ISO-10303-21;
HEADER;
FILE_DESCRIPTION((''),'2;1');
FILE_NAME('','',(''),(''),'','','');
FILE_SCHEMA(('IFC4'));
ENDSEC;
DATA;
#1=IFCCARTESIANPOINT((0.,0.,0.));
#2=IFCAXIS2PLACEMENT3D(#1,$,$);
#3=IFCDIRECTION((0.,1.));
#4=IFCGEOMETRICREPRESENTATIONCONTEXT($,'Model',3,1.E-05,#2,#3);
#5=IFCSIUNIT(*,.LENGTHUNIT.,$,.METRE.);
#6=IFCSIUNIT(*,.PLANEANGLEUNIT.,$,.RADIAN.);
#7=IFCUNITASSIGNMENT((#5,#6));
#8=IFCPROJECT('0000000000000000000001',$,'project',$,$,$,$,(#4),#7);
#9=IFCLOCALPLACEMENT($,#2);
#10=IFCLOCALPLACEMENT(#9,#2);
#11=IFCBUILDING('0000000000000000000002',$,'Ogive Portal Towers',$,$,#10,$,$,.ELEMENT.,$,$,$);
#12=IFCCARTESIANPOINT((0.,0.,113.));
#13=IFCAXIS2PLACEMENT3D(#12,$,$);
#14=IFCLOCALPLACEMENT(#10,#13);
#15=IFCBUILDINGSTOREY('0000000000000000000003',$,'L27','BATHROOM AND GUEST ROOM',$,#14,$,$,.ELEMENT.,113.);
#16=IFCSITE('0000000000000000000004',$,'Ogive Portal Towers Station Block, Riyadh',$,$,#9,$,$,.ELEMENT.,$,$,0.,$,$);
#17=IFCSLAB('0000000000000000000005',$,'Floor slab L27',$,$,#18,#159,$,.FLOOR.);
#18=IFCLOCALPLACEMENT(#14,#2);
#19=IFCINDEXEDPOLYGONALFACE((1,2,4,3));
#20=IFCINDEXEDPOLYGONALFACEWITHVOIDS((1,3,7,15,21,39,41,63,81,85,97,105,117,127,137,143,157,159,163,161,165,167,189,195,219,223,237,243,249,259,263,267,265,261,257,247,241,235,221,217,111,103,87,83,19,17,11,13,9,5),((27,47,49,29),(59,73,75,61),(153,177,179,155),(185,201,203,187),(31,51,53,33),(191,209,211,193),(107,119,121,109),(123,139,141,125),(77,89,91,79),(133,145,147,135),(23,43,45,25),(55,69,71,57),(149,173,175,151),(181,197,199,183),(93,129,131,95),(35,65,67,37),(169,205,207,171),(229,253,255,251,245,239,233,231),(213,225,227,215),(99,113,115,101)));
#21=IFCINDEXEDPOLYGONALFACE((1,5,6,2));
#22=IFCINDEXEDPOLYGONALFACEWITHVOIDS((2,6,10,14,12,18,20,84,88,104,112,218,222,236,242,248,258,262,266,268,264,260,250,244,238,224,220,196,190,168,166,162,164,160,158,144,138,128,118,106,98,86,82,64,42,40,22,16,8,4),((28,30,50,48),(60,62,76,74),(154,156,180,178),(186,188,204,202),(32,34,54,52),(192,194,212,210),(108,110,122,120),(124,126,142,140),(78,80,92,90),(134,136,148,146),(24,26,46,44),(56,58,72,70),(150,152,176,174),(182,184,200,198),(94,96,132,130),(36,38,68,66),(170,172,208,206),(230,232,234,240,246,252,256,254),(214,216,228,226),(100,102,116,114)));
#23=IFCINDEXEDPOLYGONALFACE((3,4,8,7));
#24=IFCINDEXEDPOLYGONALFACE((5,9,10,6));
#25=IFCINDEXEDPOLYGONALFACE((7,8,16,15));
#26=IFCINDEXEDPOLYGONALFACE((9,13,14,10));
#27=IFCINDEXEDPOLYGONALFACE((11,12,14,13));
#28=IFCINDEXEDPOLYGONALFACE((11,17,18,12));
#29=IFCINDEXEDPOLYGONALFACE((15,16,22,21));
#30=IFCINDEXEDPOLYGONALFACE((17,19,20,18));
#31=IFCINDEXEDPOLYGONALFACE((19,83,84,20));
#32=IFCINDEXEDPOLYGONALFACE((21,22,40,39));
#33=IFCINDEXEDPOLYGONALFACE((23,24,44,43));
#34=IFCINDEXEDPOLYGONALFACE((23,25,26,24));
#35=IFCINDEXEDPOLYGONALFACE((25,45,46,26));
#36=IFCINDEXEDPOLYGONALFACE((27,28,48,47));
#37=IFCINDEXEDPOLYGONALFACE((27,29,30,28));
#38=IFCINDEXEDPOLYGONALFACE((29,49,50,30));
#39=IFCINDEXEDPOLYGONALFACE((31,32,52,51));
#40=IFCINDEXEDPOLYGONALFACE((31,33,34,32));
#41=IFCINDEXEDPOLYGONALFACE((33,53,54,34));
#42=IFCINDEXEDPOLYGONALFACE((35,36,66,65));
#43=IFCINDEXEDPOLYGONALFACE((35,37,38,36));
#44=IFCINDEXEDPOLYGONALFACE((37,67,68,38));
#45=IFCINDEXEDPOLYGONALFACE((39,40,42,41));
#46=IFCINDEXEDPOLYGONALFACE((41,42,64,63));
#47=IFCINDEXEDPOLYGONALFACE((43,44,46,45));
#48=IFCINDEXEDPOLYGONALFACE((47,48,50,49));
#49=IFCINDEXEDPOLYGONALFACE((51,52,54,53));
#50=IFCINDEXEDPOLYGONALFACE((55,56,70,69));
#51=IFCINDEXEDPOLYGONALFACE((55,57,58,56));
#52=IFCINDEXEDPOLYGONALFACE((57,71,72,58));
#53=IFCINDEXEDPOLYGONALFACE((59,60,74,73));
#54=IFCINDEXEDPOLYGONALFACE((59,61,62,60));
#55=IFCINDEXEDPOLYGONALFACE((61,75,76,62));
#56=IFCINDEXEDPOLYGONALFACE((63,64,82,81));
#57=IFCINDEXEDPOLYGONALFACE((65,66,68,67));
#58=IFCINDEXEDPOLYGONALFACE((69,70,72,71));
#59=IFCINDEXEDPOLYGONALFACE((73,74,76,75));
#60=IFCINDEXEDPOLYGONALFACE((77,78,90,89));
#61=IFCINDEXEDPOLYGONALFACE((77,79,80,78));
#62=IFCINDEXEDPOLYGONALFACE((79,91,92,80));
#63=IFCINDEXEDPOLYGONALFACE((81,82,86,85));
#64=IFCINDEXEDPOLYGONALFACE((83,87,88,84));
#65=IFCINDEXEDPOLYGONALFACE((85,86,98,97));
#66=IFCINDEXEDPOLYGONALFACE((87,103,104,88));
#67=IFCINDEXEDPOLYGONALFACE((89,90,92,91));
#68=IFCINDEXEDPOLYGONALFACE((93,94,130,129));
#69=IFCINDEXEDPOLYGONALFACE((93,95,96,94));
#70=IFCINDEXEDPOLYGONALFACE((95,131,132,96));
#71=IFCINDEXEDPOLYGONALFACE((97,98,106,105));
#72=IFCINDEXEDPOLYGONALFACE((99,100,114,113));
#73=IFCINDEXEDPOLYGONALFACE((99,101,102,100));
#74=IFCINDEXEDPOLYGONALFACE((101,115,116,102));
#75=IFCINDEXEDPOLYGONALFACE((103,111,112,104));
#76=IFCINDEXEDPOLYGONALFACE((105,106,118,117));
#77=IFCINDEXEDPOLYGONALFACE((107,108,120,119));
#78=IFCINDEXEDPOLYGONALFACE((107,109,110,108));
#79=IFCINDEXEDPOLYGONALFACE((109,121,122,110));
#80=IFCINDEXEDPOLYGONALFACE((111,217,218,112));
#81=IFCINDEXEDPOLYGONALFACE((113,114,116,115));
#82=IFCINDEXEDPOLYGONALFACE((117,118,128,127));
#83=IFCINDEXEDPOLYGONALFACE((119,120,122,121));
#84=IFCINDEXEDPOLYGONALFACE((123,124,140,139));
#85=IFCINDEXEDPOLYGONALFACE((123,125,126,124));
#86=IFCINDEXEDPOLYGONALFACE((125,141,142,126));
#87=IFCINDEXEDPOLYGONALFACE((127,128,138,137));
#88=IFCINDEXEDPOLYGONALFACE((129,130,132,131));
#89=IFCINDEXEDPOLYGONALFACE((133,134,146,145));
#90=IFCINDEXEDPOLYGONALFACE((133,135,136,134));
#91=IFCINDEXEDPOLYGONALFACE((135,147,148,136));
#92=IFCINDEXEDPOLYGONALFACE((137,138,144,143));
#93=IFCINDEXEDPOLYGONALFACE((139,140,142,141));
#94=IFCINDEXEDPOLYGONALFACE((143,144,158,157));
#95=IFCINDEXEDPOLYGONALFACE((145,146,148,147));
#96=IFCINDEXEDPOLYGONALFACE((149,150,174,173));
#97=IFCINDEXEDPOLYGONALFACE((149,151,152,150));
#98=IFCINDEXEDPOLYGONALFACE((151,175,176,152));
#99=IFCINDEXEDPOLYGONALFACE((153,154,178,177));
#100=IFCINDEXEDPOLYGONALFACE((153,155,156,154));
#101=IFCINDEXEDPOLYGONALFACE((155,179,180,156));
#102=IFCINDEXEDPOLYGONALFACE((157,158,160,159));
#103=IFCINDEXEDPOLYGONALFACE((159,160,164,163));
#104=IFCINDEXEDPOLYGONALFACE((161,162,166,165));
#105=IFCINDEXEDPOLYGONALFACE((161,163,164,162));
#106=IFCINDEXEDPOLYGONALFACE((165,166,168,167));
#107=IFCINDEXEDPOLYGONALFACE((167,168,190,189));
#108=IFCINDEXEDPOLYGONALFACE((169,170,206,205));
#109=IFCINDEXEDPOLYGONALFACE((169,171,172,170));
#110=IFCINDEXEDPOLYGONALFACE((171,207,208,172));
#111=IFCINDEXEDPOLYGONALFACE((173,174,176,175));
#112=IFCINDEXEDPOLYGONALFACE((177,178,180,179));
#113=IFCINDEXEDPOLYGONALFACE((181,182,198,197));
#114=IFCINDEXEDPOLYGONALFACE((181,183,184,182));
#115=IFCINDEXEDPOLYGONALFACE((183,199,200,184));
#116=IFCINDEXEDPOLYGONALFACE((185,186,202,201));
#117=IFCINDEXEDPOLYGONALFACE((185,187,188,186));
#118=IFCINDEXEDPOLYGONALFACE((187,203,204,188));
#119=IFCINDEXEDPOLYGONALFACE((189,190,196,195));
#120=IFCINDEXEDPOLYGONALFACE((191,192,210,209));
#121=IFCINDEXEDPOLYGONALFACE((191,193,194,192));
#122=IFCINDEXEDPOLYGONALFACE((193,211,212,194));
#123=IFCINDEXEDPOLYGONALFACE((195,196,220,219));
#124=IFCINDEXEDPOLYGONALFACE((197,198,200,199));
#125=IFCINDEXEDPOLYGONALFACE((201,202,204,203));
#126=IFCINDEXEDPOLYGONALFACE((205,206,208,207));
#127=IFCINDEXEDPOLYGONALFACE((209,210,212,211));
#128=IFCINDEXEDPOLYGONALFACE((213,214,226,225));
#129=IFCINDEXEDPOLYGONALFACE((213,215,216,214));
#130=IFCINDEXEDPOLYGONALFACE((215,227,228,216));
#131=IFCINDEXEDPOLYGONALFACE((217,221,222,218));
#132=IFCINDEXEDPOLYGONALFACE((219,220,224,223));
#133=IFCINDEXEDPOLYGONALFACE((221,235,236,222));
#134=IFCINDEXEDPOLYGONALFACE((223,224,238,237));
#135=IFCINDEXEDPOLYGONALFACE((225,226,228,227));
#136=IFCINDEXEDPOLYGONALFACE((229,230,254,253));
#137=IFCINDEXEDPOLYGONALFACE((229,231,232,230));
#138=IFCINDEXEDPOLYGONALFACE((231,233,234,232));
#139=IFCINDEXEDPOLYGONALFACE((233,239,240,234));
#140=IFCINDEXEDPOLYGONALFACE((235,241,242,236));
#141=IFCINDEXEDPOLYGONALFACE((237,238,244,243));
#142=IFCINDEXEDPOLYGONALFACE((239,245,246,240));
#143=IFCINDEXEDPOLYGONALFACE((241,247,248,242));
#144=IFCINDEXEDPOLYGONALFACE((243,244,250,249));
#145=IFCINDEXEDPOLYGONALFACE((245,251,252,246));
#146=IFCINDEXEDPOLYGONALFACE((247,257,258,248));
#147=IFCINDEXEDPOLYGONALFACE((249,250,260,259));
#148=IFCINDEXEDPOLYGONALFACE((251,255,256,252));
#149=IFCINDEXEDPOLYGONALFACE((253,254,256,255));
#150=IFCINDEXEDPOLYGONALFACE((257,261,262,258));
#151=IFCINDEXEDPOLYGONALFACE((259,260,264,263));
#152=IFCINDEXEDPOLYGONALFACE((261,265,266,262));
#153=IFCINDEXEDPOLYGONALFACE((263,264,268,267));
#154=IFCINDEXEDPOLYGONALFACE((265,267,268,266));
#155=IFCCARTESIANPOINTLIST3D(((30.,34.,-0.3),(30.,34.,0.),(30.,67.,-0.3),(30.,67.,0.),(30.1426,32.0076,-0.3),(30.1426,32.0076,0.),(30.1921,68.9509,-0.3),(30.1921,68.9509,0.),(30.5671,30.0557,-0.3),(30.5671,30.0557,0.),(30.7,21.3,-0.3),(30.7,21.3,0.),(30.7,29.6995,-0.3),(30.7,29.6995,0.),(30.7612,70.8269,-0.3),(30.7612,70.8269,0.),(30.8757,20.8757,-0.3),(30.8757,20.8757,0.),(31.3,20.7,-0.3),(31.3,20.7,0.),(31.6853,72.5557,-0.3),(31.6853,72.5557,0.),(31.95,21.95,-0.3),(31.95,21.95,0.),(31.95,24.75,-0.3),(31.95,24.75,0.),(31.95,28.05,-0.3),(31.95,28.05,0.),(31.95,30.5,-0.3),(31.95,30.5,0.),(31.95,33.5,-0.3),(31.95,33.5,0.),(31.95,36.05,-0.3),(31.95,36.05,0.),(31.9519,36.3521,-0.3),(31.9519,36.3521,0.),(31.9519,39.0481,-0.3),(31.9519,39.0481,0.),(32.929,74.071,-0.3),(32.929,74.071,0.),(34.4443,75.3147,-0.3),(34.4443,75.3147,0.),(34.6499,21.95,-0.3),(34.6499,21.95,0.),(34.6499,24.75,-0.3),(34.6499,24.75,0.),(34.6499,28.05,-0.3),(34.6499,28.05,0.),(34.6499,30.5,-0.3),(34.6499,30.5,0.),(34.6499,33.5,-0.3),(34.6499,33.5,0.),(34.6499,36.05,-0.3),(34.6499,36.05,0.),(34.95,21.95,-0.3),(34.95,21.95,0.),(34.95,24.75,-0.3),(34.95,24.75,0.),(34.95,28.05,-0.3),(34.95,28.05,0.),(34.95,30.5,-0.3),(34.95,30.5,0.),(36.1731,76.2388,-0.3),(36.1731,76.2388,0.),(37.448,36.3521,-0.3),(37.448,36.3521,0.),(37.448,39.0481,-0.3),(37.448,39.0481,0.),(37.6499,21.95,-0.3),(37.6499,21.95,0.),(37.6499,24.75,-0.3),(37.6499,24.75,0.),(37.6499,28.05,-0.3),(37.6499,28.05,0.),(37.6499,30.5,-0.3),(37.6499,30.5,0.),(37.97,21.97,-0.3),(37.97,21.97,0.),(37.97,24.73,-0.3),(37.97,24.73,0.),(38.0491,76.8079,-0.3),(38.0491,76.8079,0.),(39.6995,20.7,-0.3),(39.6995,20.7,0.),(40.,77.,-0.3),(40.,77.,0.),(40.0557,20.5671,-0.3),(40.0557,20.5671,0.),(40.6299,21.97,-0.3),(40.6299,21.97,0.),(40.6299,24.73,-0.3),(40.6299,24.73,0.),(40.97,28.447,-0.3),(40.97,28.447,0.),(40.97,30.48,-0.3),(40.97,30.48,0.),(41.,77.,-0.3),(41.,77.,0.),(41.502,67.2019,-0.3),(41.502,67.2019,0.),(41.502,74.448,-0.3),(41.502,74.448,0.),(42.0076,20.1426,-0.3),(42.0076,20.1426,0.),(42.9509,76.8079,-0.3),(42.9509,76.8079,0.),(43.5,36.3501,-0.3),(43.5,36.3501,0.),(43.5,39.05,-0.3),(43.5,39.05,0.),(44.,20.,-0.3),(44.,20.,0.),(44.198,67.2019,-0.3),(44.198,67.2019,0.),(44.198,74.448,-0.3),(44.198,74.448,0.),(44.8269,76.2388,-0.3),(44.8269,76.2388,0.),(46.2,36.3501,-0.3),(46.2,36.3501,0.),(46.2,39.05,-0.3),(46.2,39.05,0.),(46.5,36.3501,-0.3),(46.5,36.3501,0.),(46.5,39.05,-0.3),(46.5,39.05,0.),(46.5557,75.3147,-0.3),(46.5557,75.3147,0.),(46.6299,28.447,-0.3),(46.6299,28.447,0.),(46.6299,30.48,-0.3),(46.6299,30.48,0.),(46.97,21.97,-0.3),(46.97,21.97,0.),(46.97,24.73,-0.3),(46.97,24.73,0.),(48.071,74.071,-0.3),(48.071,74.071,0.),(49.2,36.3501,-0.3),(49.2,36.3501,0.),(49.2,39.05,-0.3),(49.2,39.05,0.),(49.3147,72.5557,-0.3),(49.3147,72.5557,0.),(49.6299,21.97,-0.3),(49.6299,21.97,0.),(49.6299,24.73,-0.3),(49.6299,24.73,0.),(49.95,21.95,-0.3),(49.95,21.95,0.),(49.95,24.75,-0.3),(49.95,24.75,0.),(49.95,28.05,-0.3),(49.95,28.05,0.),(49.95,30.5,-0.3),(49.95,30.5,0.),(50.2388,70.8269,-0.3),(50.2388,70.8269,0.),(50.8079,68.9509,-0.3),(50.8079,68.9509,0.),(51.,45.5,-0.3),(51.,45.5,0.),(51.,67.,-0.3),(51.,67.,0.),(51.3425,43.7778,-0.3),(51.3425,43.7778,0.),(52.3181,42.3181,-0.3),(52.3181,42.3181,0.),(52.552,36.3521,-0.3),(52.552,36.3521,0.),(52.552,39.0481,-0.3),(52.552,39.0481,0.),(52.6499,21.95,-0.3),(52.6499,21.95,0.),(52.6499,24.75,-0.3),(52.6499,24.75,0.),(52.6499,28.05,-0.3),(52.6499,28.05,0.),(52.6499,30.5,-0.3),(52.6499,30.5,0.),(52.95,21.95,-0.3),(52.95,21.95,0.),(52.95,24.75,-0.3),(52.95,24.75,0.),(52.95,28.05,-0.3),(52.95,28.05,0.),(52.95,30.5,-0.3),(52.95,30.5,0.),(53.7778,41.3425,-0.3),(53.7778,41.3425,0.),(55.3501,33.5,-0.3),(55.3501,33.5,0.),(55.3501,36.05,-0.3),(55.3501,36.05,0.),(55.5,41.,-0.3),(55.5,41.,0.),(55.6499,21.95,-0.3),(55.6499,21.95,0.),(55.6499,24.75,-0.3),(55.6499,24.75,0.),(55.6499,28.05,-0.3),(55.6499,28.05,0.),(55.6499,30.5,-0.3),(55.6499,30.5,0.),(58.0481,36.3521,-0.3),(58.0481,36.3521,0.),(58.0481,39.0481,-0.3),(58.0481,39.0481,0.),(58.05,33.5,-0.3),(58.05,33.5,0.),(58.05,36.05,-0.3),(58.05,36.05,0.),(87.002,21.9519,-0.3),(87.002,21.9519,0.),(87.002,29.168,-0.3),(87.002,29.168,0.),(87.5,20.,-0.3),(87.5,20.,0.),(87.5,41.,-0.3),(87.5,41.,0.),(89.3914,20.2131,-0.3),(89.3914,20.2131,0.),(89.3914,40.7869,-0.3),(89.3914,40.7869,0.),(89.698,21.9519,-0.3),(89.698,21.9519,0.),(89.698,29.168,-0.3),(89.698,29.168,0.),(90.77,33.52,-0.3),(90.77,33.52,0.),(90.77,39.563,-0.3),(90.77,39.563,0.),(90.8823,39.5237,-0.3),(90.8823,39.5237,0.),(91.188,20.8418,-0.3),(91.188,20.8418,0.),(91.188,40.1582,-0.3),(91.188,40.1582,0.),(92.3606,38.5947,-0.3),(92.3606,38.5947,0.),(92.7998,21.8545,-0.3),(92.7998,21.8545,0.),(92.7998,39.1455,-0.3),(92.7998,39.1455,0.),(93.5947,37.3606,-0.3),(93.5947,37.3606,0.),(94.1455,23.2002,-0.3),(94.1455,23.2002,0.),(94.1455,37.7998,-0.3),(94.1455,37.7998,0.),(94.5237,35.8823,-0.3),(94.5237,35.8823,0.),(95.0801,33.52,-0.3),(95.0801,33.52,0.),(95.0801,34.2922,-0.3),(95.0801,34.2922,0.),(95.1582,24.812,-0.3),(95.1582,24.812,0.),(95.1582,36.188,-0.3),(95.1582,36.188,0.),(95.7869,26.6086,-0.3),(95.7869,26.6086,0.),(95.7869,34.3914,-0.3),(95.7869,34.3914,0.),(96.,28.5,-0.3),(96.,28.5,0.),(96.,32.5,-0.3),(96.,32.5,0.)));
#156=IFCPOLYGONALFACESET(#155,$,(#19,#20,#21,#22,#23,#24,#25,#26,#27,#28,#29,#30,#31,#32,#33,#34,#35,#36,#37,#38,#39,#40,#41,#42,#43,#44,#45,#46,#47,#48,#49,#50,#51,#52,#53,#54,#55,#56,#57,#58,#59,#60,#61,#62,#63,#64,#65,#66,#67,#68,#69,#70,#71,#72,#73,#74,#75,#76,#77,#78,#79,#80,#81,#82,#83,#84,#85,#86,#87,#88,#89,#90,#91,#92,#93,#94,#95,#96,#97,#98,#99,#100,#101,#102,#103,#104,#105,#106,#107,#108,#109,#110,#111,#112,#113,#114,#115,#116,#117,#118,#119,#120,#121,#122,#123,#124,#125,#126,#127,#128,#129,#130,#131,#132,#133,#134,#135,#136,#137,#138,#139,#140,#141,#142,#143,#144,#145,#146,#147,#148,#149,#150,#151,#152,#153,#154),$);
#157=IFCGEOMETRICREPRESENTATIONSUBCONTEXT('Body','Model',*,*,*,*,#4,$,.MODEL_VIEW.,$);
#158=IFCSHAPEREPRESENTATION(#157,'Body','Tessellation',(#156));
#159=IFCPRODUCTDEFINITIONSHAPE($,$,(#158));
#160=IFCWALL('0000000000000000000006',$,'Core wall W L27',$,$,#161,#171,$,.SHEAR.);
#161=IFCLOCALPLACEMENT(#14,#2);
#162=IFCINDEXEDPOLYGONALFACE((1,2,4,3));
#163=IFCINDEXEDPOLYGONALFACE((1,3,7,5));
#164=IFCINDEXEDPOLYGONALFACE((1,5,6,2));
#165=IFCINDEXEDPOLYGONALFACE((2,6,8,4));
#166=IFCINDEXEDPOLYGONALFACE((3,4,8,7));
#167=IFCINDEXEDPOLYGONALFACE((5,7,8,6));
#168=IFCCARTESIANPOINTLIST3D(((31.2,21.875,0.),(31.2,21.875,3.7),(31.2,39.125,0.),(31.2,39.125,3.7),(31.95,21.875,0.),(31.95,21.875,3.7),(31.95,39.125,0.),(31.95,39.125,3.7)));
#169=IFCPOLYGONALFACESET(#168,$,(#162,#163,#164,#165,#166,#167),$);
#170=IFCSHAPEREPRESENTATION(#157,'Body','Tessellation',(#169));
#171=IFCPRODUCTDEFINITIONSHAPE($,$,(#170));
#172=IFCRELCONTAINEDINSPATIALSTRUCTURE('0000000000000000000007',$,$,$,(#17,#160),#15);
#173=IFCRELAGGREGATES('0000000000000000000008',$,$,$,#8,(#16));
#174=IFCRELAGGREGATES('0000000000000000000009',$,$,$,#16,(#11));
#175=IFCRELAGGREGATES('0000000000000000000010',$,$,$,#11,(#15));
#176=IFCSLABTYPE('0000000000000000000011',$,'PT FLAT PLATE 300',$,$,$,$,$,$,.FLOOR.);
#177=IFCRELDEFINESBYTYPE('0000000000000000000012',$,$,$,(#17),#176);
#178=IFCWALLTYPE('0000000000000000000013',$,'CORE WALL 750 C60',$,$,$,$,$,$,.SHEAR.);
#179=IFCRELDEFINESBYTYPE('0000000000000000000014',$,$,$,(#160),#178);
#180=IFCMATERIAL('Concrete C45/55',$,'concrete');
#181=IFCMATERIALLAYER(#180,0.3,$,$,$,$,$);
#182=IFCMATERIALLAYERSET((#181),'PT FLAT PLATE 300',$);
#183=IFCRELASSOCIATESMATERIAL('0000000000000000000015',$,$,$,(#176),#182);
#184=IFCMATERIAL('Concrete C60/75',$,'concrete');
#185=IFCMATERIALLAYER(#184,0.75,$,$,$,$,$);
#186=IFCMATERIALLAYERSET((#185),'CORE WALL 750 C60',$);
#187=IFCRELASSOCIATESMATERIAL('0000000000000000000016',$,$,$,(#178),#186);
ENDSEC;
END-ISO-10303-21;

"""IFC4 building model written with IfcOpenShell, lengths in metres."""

from ifc_helpers import new_model, si_unit, direction, frame, frame_2d, origin, place, context, subcontext, project, spatial, polyline, rectangle, outline, extrude, material, layer, layer_set, type_object, element, save


model = new_model("IFC4")

# Units and contexts
model_context = context("Model", 3, precision=1e-05, world=origin(), true_north=direction((0.0, 1.0)))
body_context = subcontext(model_context, "Body", "Model", "MODEL_VIEW")
ifc_project = project(units=[si_unit("LENGTHUNIT", "METRE"), si_unit("PLANEANGLEUNIT", "RADIAN")], contexts=[model_context])

# Site, building, storey
site_placement = place(None, origin())
site = spatial("IfcSite", under=ifc_project, at=site_placement, Name="Ogive Portal Towers Station Block, Riyadh", CompositionType="ELEMENT", RefElevation=0.0)
building_placement = place(site_placement, origin())
building = spatial("IfcBuilding", under=site, at=building_placement, Name="Ogive Portal Towers", CompositionType="ELEMENT")
storey_placement = place(building_placement, frame((0.0, 0.0, 113.0)))
storey = spatial("IfcBuildingStorey", under=building, at=storey_placement, Name="L27", Description="BATHROOM AND GUEST ROOM", CompositionType="ELEMENT", Elevation=113.0)

# Slab
ifc_material_1 = material(Name="Concrete C45/55", Category="concrete")
ifc_layer_1 = layer(ifc_material_1, 0.3)
ifc_layer_set_1 = layer_set([ifc_layer_1], Name="PT FLAT PLATE 300")
slab_type_1 = type_object("IfcSlabType", Name="PT FLAT PLATE 300", PredefinedType="FLOOR", material=ifc_layer_set_1)
slab_1_placement = place(storey_placement, frame((0.0, 0.0, -0.3)))
element("IfcSlab", 1, at=slab_1_placement, inside=storey, type_object=slab_type_1, Name="Floor slab L27", PredefinedType="FLOOR", context=body_context, shape_type="SweptSolid", body=[
    extrude(outline(polyline([(30.1426, 32.0076), (30.5671, 30.0557), (30.7, 29.6995), (30.7, 21.3), (30.8757, 20.8757), (31.3, 20.7), (39.6995, 20.7), (40.0557, 20.5671), (42.0076, 20.1426), (44.0, 20.0), (87.5, 20.0), (89.3914, 20.2131), (91.188, 20.8418), (92.7998, 21.8545), (94.1455, 23.2002), (95.1582, 24.812), (95.7869, 26.6086), (96.0, 28.5), (96.0, 32.5), (95.7869, 34.3914), (95.1582, 36.188), (94.1455, 37.7998), (92.7998, 39.1455), (91.188, 40.1582), (89.3914, 40.7869), (87.5, 41.0), (55.5, 41.0), (53.7778, 41.3425), (52.3181, 42.3181), (51.3425, 43.7778), (51.0, 45.5), (51.0, 67.0), (50.8079, 68.9509), (50.2388, 70.8269), (49.3147, 72.5557), (48.071, 74.071), (46.5557, 75.3147), (44.8269, 76.2388), (42.9509, 76.8079), (41.0, 77.0), (40.0, 77.0), (38.0491, 76.8079), (36.1731, 76.2388), (34.4443, 75.3147), (32.929, 74.071), (31.6853, 72.5557), (30.7612, 70.8269), (30.1921, 68.9509), (30.0, 67.0), (30.0, 34.0), (30.1426, 32.0076)]), holes=[polyline([(34.6499, 24.75), (34.6499, 21.95), (31.95, 21.95), (31.95, 24.75), (34.6499, 24.75)]), polyline([(37.6499, 24.75), (37.6499, 21.95), (34.95, 21.95), (34.95, 24.75), (37.6499, 24.75)]), polyline([(40.6299, 21.97), (37.97, 21.97), (37.97, 24.73), (40.6299, 24.73), (40.6299, 21.97)]), polyline([(34.6499, 28.05), (31.95, 28.05), (31.95, 30.5), (34.6499, 30.5), (34.6499, 28.05)]), polyline([(37.6499, 28.05), (34.95, 28.05), (34.95, 30.5), (37.6499, 30.5), (37.6499, 28.05)]), polyline([(46.6299, 28.447), (40.97, 28.447), (40.97, 30.48), (46.6299, 30.48), (46.6299, 28.447)]), polyline([(34.6499, 36.05), (34.6499, 33.5), (31.95, 33.5), (31.95, 36.05), (34.6499, 36.05)]), polyline([(31.9519, 39.0481), (37.448, 39.0481), (37.448, 36.3521), (31.9519, 36.3521), (31.9519, 39.0481)]), polyline([(46.2, 36.3501), (43.5, 36.3501), (43.5, 39.05), (46.2, 39.05), (46.2, 36.3501)]), polyline([(44.198, 67.2019), (41.502, 67.2019), (41.502, 74.448), (44.198, 74.448), (44.198, 67.2019)]), polyline([(49.6299, 21.97), (46.97, 21.97), (46.97, 24.73), (49.6299, 24.73), (49.6299, 21.97)]), polyline([(52.6499, 24.75), (52.6499, 21.95), (49.95, 21.95), (49.95, 24.75), (52.6499, 24.75)]), polyline([(55.6499, 24.75), (55.6499, 21.95), (52.95, 21.95), (52.95, 24.75), (55.6499, 24.75)]), polyline([(87.002, 29.168), (89.698, 29.168), (89.698, 21.9519), (87.002, 21.9519), (87.002, 29.168)]), polyline([(52.6499, 28.05), (49.95, 28.05), (49.95, 30.5), (52.6499, 30.5), (52.6499, 28.05)]), polyline([(55.6499, 30.5), (55.6499, 28.05), (52.95, 28.05), (52.95, 30.5), (55.6499, 30.5)]), polyline([(58.05, 36.05), (58.05, 33.5), (55.3501, 33.5), (55.3501, 36.05), (58.05, 36.05)]), polyline([(93.5947, 37.3606), (94.5237, 35.8823), (95.0801, 34.2922), (95.0801, 33.52), (90.77, 33.52), (90.77, 39.563), (90.8823, 39.5237), (92.3606, 38.5947), (93.5947, 37.3606)]), polyline([(49.2, 36.3501), (46.5, 36.3501), (46.5, 39.05), (49.2, 39.05), (49.2, 36.3501)]), polyline([(52.552, 36.3521), (52.552, 39.0481), (58.0481, 39.0481), (58.0481, 36.3521), (52.552, 36.3521)])]), origin(), (0.0, 0.0, 1.0), 0.3),
])

# Wall
ifc_material_2 = material(Name="Concrete C60/75", Category="concrete")
ifc_layer_2 = layer(ifc_material_2, 0.75)
ifc_layer_set_2 = layer_set([ifc_layer_2], Name="CORE WALL 750 C60")
wall_type_1 = type_object("IfcWallType", Name="CORE WALL 750 C60", PredefinedType="SHEAR", material=ifc_layer_set_2)
wall_1_placement = place(storey_placement, frame((31.575, 21.875, 0.0), z_axis=(0.0, 0.0, 1.0), x_axis=(0.0, 1.0, 0.0)))
element("IfcWall", 2, at=wall_1_placement, inside=storey, type_object=wall_type_1, Name="Core wall W L27", PredefinedType="SHEAR", context=body_context, shape_type="SweptSolid", body=[
    extrude(rectangle(XDim=17.25, YDim=0.75, at=frame_2d((8.625, 0.0))), origin(), (0.0, 0.0, 1.0), 3.7),
])

save(model, "model.ifc")
